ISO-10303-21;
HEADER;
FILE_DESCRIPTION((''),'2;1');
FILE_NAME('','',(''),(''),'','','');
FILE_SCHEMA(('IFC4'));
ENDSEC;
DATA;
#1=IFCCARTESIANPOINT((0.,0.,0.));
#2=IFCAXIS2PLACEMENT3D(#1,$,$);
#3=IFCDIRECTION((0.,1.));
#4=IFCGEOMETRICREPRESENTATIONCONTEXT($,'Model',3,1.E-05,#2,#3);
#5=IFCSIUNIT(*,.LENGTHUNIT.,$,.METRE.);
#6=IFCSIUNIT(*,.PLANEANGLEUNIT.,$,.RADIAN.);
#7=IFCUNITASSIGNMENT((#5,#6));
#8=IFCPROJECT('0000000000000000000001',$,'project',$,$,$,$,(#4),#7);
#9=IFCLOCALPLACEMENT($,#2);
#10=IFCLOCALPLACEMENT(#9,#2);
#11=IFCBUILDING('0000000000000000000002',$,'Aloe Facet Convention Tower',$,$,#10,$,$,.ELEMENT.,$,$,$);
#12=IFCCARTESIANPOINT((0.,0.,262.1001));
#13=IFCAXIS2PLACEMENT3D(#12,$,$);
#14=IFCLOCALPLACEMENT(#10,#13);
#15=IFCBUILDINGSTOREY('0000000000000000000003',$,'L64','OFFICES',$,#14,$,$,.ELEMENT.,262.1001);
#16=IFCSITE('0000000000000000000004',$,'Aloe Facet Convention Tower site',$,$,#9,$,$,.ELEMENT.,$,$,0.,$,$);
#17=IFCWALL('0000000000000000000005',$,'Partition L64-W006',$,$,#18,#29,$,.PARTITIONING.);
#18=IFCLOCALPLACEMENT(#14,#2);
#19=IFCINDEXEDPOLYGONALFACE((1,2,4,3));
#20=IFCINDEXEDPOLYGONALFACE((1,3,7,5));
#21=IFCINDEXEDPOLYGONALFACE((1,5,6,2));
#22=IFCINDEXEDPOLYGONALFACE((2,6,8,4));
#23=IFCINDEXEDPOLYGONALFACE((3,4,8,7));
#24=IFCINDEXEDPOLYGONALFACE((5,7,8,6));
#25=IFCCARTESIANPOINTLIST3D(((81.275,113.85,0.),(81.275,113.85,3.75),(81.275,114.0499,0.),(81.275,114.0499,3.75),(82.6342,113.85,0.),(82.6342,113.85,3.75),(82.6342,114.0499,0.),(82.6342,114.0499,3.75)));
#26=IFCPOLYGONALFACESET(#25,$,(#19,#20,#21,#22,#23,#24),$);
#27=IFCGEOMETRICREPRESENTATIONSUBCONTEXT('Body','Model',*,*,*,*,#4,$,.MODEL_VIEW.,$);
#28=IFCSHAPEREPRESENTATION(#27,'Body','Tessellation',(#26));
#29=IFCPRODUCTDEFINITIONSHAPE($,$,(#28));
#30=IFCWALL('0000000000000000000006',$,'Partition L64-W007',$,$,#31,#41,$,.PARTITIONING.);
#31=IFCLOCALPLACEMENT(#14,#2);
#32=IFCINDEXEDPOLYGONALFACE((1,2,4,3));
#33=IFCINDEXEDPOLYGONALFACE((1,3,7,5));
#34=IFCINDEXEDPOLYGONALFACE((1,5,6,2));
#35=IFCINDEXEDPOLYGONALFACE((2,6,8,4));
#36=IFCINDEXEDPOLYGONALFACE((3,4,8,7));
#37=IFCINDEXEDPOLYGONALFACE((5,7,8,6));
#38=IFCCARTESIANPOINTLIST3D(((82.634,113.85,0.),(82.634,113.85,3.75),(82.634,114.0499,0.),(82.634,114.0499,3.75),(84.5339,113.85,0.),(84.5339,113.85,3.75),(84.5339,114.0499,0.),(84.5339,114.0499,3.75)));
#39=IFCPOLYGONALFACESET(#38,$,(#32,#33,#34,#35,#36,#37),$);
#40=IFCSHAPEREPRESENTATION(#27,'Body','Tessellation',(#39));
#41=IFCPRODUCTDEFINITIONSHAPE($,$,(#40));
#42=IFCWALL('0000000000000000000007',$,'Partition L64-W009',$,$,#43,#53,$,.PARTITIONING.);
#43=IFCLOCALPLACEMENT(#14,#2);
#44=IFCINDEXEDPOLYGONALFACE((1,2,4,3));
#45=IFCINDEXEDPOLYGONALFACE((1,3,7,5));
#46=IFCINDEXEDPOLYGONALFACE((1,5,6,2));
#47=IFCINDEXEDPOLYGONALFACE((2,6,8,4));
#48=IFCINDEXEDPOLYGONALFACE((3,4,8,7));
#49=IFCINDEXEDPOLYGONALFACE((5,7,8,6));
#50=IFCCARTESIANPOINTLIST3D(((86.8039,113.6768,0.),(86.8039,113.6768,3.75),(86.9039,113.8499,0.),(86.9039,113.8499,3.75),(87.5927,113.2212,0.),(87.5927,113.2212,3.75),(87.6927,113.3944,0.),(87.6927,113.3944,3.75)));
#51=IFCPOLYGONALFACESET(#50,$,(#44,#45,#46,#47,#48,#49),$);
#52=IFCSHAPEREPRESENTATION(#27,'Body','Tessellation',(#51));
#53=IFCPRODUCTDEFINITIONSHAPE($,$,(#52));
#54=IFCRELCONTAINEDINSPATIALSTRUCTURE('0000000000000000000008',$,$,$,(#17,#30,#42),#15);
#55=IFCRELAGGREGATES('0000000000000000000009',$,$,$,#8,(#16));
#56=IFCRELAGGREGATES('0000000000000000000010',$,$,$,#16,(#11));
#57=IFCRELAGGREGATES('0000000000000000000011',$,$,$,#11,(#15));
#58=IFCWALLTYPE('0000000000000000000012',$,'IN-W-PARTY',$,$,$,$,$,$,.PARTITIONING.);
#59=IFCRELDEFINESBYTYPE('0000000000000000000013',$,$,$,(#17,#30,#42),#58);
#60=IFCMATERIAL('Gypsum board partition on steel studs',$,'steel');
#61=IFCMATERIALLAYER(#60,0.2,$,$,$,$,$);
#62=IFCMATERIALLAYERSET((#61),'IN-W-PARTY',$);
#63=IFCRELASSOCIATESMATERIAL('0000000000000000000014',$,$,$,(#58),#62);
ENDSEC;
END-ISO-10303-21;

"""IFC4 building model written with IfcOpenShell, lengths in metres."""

from ifc_helpers import new_model, si_unit, direction, frame, frame_2d, origin, place, context, subcontext, project, spatial, rectangle, extrude, material, layer, layer_set, type_object, element, save


model = new_model("IFC4")

# Units and contexts
model_context = context("Model", 3, precision=1e-05, world=origin(), true_north=direction((0.0, 1.0)))
body_context = subcontext(model_context, "Body", "Model", "MODEL_VIEW")
ifc_project = project(units=[si_unit("LENGTHUNIT", "METRE"), si_unit("PLANEANGLEUNIT", "RADIAN")], contexts=[model_context])

# Site, building, storey
site_placement = place(None, origin())
site = spatial("IfcSite", under=ifc_project, at=site_placement, Name="Aloe Facet Convention Tower site", CompositionType="ELEMENT", RefElevation=0.0)
building_placement = place(site_placement, origin())
building = spatial("IfcBuilding", under=site, at=building_placement, Name="Aloe Facet Convention Tower", CompositionType="ELEMENT")
storey_placement = place(building_placement, frame((0.0, 0.0, 262.1001)))
storey = spatial("IfcBuildingStorey", under=building, at=storey_placement, Name="L64", Description="OFFICES", CompositionType="ELEMENT", Elevation=262.1001)

# Walls
ifc_material_1 = material(Name="Gypsum board partition on steel studs", Category="steel")
ifc_layer_1 = layer(ifc_material_1, 0.2)
ifc_layer_set_1 = layer_set([ifc_layer_1], Name="IN-W-PARTY")
wall_type_1 = type_object("IfcWallType", Name="IN-W-PARTY", PredefinedType="PARTITIONING", material=ifc_layer_set_1)
wall_1_placement = place(storey_placement, frame((81.2749, 113.95, 0.0), z_axis=(0.0, 0.0, 1.0), x_axis=(1.0, 0.0, 0.0)))
element("IfcWall", 1, at=wall_1_placement, inside=storey, type_object=wall_type_1, Name="Partition L64-W006", PredefinedType="PARTITIONING", context=body_context, shape_type="SweptSolid", body=[
    extrude(rectangle(XDim=1.3591, YDim=0.2, at=frame_2d((0.6797, 0.0))), origin(), (0.0, 0.0, 1.0), 3.75),
])
wall_2_placement = place(storey_placement, frame((82.634, 113.95, 0.0), z_axis=(0.0, 0.0, 1.0), x_axis=(1.0, 0.0, 0.0)))
element("IfcWall", 2, at=wall_2_placement, inside=storey, type_object=wall_type_1, Name="Partition L64-W007", PredefinedType="PARTITIONING", context=body_context, shape_type="SweptSolid", body=[
    extrude(rectangle(XDim=1.8999, YDim=0.2, at=frame_2d((0.95, 0.0))), origin(), (0.0, 0.0, 1.0), 3.75),
])
wall_3_placement = place(storey_placement, frame((86.8538, 113.7634, 0.0), z_axis=(0.0, 0.0, 1.0), x_axis=(0.865958, -0.500117, 0.0)))
element("IfcWall", 3, at=wall_3_placement, inside=storey, type_object=wall_type_1, Name="Partition L64-W009", PredefinedType="PARTITIONING", context=body_context, shape_type="SweptSolid", body=[
    extrude(rectangle(XDim=0.9109, YDim=0.2, at=frame_2d((0.4556, 0.0))), origin(), (0.0, 0.0, 1.0), 3.75),
])

save(model, "model.ifc")
